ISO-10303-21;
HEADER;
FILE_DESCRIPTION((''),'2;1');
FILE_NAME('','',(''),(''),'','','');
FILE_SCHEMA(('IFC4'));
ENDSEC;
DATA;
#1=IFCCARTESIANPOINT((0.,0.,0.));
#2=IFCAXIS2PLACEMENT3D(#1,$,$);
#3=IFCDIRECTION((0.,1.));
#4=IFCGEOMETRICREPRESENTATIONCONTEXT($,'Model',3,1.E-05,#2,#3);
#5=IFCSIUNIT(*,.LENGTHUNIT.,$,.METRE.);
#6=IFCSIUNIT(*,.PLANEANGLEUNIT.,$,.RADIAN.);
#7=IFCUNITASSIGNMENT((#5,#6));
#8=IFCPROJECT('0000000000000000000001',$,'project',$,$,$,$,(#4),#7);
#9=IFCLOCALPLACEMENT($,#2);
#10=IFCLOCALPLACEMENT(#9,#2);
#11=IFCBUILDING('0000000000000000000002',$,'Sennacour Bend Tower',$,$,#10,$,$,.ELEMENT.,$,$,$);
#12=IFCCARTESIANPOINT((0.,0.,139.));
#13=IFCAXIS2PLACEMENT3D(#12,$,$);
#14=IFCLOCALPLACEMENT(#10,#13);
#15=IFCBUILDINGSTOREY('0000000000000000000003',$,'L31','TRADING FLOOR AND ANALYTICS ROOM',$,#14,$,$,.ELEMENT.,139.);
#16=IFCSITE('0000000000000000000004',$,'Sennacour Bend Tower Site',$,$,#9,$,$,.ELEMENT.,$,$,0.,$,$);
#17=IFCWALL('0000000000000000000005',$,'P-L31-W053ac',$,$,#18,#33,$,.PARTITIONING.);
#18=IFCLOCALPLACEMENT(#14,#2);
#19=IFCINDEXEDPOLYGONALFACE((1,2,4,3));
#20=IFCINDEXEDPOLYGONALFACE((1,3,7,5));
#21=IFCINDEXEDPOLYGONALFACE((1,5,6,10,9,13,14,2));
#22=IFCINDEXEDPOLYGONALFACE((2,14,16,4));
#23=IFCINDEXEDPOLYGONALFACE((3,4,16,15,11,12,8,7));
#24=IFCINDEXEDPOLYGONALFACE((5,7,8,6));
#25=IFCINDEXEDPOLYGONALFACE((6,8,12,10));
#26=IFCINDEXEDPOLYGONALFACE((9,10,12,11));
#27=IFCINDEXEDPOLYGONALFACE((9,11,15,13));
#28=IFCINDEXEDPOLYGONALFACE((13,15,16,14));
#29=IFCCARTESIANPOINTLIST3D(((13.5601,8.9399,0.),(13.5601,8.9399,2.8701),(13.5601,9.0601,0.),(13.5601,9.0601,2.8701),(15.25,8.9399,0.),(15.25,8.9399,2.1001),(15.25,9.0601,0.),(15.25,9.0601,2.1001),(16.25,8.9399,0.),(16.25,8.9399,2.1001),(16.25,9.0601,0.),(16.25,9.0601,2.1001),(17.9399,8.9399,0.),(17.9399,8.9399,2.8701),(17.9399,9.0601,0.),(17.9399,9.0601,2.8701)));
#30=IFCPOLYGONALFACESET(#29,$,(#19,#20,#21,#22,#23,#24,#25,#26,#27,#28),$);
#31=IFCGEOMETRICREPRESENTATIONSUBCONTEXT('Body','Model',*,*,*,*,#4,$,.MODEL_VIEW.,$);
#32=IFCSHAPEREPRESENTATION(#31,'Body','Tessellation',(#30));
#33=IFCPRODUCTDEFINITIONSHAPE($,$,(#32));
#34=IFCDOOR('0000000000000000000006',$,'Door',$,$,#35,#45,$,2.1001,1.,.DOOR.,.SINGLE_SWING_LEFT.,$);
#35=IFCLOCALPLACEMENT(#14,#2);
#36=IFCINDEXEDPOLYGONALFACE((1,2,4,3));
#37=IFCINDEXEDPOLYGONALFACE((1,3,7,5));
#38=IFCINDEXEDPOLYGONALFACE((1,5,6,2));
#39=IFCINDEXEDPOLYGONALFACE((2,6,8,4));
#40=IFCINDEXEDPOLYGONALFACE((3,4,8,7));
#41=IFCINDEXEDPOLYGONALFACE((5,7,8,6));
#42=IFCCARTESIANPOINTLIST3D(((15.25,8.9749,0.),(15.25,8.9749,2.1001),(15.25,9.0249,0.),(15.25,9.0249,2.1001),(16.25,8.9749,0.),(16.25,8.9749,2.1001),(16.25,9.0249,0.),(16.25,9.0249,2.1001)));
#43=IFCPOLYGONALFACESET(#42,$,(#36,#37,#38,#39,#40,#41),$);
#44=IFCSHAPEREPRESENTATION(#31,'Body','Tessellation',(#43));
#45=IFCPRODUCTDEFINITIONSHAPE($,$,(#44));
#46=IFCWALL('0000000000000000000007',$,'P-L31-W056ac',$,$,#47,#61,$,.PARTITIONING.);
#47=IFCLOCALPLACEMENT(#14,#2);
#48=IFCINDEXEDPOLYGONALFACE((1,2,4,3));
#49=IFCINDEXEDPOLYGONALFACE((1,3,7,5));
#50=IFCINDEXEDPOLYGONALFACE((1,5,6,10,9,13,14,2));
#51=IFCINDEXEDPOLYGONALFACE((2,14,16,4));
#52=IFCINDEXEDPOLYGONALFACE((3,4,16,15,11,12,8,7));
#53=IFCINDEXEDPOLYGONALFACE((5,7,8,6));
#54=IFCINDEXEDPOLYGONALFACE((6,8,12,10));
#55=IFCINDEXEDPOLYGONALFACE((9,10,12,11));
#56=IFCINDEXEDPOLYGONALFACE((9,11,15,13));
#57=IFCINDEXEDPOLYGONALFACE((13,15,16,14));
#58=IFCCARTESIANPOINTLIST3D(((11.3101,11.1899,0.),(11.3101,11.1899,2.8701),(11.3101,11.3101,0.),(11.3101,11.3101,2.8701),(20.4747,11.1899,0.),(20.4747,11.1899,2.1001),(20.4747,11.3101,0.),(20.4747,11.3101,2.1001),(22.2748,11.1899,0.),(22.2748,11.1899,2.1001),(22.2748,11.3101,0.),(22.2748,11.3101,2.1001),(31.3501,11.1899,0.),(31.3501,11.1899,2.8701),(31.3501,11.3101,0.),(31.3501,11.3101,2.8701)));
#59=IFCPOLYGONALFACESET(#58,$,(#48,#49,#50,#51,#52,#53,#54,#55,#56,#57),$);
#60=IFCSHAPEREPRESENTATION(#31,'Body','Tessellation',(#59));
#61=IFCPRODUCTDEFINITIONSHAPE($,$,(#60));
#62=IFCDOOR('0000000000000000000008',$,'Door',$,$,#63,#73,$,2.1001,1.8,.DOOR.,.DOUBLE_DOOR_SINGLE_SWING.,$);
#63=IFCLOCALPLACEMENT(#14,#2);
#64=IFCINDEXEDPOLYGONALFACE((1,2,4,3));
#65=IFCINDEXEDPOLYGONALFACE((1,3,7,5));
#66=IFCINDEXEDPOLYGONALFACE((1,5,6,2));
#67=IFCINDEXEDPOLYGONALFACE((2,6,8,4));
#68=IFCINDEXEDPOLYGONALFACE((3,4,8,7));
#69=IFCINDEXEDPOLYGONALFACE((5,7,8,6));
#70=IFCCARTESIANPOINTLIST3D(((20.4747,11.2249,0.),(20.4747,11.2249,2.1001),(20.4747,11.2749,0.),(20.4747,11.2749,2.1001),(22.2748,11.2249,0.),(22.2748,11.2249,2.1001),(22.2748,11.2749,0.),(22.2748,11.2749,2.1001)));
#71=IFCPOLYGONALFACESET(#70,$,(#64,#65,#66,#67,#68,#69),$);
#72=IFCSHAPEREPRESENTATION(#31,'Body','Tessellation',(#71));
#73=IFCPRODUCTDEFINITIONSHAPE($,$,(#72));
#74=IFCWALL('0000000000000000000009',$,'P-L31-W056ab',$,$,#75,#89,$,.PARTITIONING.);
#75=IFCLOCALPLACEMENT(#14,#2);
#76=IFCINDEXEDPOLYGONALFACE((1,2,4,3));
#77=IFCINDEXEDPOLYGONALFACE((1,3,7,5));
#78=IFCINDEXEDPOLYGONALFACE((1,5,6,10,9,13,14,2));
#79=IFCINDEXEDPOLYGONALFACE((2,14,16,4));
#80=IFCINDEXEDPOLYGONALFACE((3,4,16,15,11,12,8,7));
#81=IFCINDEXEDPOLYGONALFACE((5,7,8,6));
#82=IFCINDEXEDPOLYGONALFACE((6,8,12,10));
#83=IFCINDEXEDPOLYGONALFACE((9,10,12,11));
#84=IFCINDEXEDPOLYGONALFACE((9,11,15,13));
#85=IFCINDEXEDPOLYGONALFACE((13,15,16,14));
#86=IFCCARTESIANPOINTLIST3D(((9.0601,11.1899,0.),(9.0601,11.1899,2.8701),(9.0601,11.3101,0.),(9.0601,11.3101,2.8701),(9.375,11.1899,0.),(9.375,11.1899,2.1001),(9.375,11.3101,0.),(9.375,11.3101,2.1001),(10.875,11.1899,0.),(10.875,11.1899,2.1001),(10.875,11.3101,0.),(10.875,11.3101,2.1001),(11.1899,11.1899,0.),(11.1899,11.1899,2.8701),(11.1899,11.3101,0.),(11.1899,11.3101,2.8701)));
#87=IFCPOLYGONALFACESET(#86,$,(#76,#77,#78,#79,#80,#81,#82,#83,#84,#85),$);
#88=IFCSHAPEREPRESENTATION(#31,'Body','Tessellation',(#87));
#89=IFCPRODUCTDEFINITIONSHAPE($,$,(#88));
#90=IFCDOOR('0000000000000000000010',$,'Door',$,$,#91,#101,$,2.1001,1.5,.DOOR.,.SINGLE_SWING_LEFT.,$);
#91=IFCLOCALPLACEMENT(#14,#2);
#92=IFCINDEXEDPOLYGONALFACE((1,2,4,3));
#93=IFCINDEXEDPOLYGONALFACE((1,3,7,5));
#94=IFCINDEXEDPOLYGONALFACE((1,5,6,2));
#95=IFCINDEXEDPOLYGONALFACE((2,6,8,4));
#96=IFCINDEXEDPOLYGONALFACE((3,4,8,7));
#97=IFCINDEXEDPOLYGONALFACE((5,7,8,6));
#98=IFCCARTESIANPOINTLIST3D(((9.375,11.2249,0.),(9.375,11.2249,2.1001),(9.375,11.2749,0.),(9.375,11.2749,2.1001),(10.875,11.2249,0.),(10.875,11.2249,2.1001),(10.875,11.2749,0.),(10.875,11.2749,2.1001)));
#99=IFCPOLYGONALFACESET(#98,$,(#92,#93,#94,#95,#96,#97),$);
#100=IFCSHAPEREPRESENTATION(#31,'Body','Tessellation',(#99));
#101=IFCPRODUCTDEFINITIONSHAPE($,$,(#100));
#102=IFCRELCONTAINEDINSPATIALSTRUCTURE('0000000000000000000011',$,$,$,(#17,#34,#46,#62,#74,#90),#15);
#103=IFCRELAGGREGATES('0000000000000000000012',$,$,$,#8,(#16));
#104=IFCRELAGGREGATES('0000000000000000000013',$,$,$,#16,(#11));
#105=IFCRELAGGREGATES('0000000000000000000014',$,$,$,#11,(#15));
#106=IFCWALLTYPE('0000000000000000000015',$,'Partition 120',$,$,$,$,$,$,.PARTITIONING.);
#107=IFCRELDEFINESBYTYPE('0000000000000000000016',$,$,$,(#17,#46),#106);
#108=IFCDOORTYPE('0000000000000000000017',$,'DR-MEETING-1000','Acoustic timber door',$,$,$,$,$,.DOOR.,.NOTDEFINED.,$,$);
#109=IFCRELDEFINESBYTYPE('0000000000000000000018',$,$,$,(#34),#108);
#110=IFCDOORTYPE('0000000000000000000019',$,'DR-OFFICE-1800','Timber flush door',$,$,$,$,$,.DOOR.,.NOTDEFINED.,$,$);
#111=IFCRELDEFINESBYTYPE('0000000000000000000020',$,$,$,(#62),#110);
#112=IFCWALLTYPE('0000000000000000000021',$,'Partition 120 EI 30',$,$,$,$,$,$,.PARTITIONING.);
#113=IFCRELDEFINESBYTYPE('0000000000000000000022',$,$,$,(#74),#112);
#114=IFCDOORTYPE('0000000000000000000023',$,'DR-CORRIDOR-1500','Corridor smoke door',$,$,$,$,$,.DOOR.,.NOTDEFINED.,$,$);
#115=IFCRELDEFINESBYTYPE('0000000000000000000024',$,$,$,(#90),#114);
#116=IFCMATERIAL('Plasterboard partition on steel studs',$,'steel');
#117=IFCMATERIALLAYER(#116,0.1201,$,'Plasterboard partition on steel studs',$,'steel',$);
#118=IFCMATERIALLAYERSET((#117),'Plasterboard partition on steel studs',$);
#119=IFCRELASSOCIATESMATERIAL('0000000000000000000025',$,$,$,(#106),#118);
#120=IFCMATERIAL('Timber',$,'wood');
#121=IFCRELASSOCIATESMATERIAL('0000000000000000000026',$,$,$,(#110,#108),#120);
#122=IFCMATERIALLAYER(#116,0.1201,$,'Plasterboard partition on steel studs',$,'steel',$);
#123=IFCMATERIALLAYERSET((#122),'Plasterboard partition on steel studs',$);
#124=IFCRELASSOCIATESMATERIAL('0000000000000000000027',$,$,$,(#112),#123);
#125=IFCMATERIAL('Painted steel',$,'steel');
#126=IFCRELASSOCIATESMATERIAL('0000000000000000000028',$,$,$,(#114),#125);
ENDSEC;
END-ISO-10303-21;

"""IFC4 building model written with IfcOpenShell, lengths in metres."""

from ifc_helpers import new_model, si_unit, direction, frame, frame_2d, origin, place, context, subcontext, project, spatial, rectangle, extrude, material, layer, layer_set, type_object, element, fill, save


model = new_model("IFC4")

# Units and contexts
model_context = context("Model", 3, precision=1e-05, world=origin(), true_north=direction((0.0, 1.0)))
body_context = subcontext(model_context, "Body", "Model", "MODEL_VIEW")
ifc_project = project(units=[si_unit("LENGTHUNIT", "METRE"), si_unit("PLANEANGLEUNIT", "RADIAN")], contexts=[model_context])

# Site, building, storey
site_placement = place(None, origin())
site = spatial("IfcSite", under=ifc_project, at=site_placement, Name="Sennacour Bend Tower Site", CompositionType="ELEMENT", RefElevation=0.0)
building_placement = place(site_placement, origin())
building = spatial("IfcBuilding", under=site, at=building_placement, Name="Sennacour Bend Tower", CompositionType="ELEMENT")
storey_placement = place(building_placement, frame((0.0, 0.0, 139.0)))
storey = spatial("IfcBuildingStorey", under=building, at=storey_placement, Name="L31", Description="TRADING FLOOR AND ANALYTICS ROOM", CompositionType="ELEMENT", Elevation=139.0)

# Shared definitions
ifc_material_1 = material(Name="Plasterboard partition on steel studs", Category="steel")
ifc_layer_1 = layer(ifc_material_1, 0.1201, Name="Plasterboard partition on steel studs", Category="steel")
ifc_layer_set_1 = layer_set([ifc_layer_1], Name="Plasterboard partition on steel studs")
wall_type_1 = type_object("IfcWallType", Name="Partition 120", PredefinedType="PARTITIONING", material=ifc_layer_set_1)

# Shared definitions
ifc_material_2 = material(Name="Timber", Category="wood")
door_type_1 = type_object("IfcDoorType", Name="DR-OFFICE-1800", Description="Timber flush door", OperationType="NOTDEFINED", PredefinedType="DOOR", material=ifc_material_2)

# Walls, openings, doors
wall_1_placement = place(storey_placement, frame((13.5601, 9.0, 0.0), z_axis=(0.0, 0.0, 1.0), x_axis=(1.0, 0.0, 0.0)))
wall_1 = element("IfcWall", 1, at=wall_1_placement, inside=storey, type_object=wall_type_1, Name="P-L31-W053ac", PredefinedType="PARTITIONING", context=body_context, shape_type="SweptSolid", body=[
    extrude(rectangle(XDim=4.3799, YDim=0.1201, at=frame_2d((2.1899, 0.0))), origin(), (0.0, 0.0, 1.0), 2.8701),
])
opening_1_placement = place(wall_1_placement, frame((1.6899, 0.0, 0.0)))
opening_1 = element("IfcOpeningElement", 2, at=opening_1_placement, cuts=wall_1, PredefinedType="OPENING", context=body_context, shape_type="SweptSolid", body=[
    extrude(rectangle(XDim=1.0, YDim=2.1001, at=frame_2d((0.5, 1.05))), frame((0.0, 0.0701, 0.0), z_axis=(0.0, -1.0, 0.0), x_axis=(1.0, 0.0, 0.0)), (0.0, 0.0, 1.0), 0.1401),
])
door_type_2 = type_object("IfcDoorType", Name="DR-MEETING-1000", Description="Acoustic timber door", OperationType="NOTDEFINED", PredefinedType="DOOR", material=ifc_material_2)
door_1_placement = place(opening_1_placement, origin())
door_1 = element("IfcDoor", 3, at=door_1_placement, inside=storey, type_object=door_type_2, Name="Door", OperationType="SINGLE_SWING_LEFT", OverallHeight=2.1001, OverallWidth=1.0, PredefinedType="DOOR", context=body_context, shape_type="SweptSolid", body=[
    extrude(rectangle(XDim=1.0, YDim=2.1001, at=frame_2d((0.5, 1.05))), frame((0.0, 0.0249, 0.0), z_axis=(0.0, -1.0, 0.0), x_axis=(1.0, 0.0, 0.0)), (0.0, 0.0, 1.0), 0.05),
])
fill(opening_1, door_1)
wall_2_placement = place(storey_placement, frame((11.3101, 11.25, 0.0), z_axis=(0.0, 0.0, 1.0), x_axis=(1.0, 0.0, 0.0)))
wall_2 = element("IfcWall", 4, at=wall_2_placement, inside=storey, type_object=wall_type_1, Name="P-L31-W056ac", PredefinedType="PARTITIONING", context=body_context, shape_type="SweptSolid", body=[
    extrude(rectangle(XDim=20.04, YDim=0.1201, at=frame_2d((10.02, 0.0))), origin(), (0.0, 0.0, 1.0), 2.8701),
])
opening_2_placement = place(wall_2_placement, frame((9.1648, 0.0, 0.0)))
opening_2 = element("IfcOpeningElement", 5, at=opening_2_placement, cuts=wall_2, PredefinedType="OPENING", context=body_context, shape_type="SweptSolid", body=[
    extrude(rectangle(XDim=1.8, YDim=2.1001, at=frame_2d((0.8999, 1.05))), frame((0.0, 0.0701, 0.0), z_axis=(0.0, -1.0, 0.0), x_axis=(1.0, 0.0, 0.0)), (0.0, 0.0, 1.0), 0.1401),
])
door_2_placement = place(opening_2_placement, origin())
door_2 = element("IfcDoor", 6, at=door_2_placement, inside=storey, type_object=door_type_1, Name="Door", OperationType="DOUBLE_DOOR_SINGLE_SWING", OverallHeight=2.1001, OverallWidth=1.8, PredefinedType="DOOR", context=body_context, shape_type="SweptSolid", body=[
    extrude(rectangle(XDim=1.8, YDim=2.1001, at=frame_2d((0.8999, 1.05))), frame((0.0, 0.0249, 0.0), z_axis=(0.0, -1.0, 0.0), x_axis=(1.0, 0.0, 0.0)), (0.0, 0.0, 1.0), 0.05),
])
fill(opening_2, door_2)
ifc_layer_2 = layer(ifc_material_1, 0.1201, Name="Plasterboard partition on steel studs", Category="steel")
ifc_layer_set_2 = layer_set([ifc_layer_2], Name="Plasterboard partition on steel studs")
wall_type_2 = type_object("IfcWallType", Name="Partition 120 EI 30", PredefinedType="PARTITIONING", material=ifc_layer_set_2)
wall_3_placement = place(storey_placement, frame((9.0601, 11.25, 0.0), z_axis=(0.0, 0.0, 1.0), x_axis=(1.0, 0.0, 0.0)))
wall_3 = element("IfcWall", 7, at=wall_3_placement, inside=storey, type_object=wall_type_2, Name="P-L31-W056ab", PredefinedType="PARTITIONING", context=body_context, shape_type="SweptSolid", body=[
    extrude(rectangle(XDim=2.1299, YDim=0.1201, at=frame_2d((1.0649, 0.0))), origin(), (0.0, 0.0, 1.0), 2.8701),
])
opening_3_placement = place(wall_3_placement, frame((0.3149, 0.0, 0.0)))
opening_3 = element("IfcOpeningElement", 8, at=opening_3_placement, cuts=wall_3, PredefinedType="OPENING", context=body_context, shape_type="SweptSolid", body=[
    extrude(rectangle(XDim=1.5, YDim=2.1001, at=frame_2d((0.75, 1.05))), frame((0.0, 0.0701, 0.0), z_axis=(0.0, -1.0, 0.0), x_axis=(1.0, 0.0, 0.0)), (0.0, 0.0, 1.0), 0.1401),
])
ifc_material_3 = material(Name="Painted steel", Category="steel")
door_type_3 = type_object("IfcDoorType", Name="DR-CORRIDOR-1500", Description="Corridor smoke door", OperationType="NOTDEFINED", PredefinedType="DOOR", material=ifc_material_3)
door_3_placement = place(opening_3_placement, origin())
door_3 = element("IfcDoor", 9, at=door_3_placement, inside=storey, type_object=door_type_3, Name="Door", OperationType="SINGLE_SWING_LEFT", OverallHeight=2.1001, OverallWidth=1.5, PredefinedType="DOOR", context=body_context, shape_type="SweptSolid", body=[
    extrude(rectangle(XDim=1.5, YDim=2.1001, at=frame_2d((0.75, 1.05))), frame((0.0, 0.0249, 0.0), z_axis=(0.0, -1.0, 0.0), x_axis=(1.0, 0.0, 0.0)), (0.0, 0.0, 1.0), 0.05),
])
fill(opening_3, door_3)

save(model, "model.ifc")
